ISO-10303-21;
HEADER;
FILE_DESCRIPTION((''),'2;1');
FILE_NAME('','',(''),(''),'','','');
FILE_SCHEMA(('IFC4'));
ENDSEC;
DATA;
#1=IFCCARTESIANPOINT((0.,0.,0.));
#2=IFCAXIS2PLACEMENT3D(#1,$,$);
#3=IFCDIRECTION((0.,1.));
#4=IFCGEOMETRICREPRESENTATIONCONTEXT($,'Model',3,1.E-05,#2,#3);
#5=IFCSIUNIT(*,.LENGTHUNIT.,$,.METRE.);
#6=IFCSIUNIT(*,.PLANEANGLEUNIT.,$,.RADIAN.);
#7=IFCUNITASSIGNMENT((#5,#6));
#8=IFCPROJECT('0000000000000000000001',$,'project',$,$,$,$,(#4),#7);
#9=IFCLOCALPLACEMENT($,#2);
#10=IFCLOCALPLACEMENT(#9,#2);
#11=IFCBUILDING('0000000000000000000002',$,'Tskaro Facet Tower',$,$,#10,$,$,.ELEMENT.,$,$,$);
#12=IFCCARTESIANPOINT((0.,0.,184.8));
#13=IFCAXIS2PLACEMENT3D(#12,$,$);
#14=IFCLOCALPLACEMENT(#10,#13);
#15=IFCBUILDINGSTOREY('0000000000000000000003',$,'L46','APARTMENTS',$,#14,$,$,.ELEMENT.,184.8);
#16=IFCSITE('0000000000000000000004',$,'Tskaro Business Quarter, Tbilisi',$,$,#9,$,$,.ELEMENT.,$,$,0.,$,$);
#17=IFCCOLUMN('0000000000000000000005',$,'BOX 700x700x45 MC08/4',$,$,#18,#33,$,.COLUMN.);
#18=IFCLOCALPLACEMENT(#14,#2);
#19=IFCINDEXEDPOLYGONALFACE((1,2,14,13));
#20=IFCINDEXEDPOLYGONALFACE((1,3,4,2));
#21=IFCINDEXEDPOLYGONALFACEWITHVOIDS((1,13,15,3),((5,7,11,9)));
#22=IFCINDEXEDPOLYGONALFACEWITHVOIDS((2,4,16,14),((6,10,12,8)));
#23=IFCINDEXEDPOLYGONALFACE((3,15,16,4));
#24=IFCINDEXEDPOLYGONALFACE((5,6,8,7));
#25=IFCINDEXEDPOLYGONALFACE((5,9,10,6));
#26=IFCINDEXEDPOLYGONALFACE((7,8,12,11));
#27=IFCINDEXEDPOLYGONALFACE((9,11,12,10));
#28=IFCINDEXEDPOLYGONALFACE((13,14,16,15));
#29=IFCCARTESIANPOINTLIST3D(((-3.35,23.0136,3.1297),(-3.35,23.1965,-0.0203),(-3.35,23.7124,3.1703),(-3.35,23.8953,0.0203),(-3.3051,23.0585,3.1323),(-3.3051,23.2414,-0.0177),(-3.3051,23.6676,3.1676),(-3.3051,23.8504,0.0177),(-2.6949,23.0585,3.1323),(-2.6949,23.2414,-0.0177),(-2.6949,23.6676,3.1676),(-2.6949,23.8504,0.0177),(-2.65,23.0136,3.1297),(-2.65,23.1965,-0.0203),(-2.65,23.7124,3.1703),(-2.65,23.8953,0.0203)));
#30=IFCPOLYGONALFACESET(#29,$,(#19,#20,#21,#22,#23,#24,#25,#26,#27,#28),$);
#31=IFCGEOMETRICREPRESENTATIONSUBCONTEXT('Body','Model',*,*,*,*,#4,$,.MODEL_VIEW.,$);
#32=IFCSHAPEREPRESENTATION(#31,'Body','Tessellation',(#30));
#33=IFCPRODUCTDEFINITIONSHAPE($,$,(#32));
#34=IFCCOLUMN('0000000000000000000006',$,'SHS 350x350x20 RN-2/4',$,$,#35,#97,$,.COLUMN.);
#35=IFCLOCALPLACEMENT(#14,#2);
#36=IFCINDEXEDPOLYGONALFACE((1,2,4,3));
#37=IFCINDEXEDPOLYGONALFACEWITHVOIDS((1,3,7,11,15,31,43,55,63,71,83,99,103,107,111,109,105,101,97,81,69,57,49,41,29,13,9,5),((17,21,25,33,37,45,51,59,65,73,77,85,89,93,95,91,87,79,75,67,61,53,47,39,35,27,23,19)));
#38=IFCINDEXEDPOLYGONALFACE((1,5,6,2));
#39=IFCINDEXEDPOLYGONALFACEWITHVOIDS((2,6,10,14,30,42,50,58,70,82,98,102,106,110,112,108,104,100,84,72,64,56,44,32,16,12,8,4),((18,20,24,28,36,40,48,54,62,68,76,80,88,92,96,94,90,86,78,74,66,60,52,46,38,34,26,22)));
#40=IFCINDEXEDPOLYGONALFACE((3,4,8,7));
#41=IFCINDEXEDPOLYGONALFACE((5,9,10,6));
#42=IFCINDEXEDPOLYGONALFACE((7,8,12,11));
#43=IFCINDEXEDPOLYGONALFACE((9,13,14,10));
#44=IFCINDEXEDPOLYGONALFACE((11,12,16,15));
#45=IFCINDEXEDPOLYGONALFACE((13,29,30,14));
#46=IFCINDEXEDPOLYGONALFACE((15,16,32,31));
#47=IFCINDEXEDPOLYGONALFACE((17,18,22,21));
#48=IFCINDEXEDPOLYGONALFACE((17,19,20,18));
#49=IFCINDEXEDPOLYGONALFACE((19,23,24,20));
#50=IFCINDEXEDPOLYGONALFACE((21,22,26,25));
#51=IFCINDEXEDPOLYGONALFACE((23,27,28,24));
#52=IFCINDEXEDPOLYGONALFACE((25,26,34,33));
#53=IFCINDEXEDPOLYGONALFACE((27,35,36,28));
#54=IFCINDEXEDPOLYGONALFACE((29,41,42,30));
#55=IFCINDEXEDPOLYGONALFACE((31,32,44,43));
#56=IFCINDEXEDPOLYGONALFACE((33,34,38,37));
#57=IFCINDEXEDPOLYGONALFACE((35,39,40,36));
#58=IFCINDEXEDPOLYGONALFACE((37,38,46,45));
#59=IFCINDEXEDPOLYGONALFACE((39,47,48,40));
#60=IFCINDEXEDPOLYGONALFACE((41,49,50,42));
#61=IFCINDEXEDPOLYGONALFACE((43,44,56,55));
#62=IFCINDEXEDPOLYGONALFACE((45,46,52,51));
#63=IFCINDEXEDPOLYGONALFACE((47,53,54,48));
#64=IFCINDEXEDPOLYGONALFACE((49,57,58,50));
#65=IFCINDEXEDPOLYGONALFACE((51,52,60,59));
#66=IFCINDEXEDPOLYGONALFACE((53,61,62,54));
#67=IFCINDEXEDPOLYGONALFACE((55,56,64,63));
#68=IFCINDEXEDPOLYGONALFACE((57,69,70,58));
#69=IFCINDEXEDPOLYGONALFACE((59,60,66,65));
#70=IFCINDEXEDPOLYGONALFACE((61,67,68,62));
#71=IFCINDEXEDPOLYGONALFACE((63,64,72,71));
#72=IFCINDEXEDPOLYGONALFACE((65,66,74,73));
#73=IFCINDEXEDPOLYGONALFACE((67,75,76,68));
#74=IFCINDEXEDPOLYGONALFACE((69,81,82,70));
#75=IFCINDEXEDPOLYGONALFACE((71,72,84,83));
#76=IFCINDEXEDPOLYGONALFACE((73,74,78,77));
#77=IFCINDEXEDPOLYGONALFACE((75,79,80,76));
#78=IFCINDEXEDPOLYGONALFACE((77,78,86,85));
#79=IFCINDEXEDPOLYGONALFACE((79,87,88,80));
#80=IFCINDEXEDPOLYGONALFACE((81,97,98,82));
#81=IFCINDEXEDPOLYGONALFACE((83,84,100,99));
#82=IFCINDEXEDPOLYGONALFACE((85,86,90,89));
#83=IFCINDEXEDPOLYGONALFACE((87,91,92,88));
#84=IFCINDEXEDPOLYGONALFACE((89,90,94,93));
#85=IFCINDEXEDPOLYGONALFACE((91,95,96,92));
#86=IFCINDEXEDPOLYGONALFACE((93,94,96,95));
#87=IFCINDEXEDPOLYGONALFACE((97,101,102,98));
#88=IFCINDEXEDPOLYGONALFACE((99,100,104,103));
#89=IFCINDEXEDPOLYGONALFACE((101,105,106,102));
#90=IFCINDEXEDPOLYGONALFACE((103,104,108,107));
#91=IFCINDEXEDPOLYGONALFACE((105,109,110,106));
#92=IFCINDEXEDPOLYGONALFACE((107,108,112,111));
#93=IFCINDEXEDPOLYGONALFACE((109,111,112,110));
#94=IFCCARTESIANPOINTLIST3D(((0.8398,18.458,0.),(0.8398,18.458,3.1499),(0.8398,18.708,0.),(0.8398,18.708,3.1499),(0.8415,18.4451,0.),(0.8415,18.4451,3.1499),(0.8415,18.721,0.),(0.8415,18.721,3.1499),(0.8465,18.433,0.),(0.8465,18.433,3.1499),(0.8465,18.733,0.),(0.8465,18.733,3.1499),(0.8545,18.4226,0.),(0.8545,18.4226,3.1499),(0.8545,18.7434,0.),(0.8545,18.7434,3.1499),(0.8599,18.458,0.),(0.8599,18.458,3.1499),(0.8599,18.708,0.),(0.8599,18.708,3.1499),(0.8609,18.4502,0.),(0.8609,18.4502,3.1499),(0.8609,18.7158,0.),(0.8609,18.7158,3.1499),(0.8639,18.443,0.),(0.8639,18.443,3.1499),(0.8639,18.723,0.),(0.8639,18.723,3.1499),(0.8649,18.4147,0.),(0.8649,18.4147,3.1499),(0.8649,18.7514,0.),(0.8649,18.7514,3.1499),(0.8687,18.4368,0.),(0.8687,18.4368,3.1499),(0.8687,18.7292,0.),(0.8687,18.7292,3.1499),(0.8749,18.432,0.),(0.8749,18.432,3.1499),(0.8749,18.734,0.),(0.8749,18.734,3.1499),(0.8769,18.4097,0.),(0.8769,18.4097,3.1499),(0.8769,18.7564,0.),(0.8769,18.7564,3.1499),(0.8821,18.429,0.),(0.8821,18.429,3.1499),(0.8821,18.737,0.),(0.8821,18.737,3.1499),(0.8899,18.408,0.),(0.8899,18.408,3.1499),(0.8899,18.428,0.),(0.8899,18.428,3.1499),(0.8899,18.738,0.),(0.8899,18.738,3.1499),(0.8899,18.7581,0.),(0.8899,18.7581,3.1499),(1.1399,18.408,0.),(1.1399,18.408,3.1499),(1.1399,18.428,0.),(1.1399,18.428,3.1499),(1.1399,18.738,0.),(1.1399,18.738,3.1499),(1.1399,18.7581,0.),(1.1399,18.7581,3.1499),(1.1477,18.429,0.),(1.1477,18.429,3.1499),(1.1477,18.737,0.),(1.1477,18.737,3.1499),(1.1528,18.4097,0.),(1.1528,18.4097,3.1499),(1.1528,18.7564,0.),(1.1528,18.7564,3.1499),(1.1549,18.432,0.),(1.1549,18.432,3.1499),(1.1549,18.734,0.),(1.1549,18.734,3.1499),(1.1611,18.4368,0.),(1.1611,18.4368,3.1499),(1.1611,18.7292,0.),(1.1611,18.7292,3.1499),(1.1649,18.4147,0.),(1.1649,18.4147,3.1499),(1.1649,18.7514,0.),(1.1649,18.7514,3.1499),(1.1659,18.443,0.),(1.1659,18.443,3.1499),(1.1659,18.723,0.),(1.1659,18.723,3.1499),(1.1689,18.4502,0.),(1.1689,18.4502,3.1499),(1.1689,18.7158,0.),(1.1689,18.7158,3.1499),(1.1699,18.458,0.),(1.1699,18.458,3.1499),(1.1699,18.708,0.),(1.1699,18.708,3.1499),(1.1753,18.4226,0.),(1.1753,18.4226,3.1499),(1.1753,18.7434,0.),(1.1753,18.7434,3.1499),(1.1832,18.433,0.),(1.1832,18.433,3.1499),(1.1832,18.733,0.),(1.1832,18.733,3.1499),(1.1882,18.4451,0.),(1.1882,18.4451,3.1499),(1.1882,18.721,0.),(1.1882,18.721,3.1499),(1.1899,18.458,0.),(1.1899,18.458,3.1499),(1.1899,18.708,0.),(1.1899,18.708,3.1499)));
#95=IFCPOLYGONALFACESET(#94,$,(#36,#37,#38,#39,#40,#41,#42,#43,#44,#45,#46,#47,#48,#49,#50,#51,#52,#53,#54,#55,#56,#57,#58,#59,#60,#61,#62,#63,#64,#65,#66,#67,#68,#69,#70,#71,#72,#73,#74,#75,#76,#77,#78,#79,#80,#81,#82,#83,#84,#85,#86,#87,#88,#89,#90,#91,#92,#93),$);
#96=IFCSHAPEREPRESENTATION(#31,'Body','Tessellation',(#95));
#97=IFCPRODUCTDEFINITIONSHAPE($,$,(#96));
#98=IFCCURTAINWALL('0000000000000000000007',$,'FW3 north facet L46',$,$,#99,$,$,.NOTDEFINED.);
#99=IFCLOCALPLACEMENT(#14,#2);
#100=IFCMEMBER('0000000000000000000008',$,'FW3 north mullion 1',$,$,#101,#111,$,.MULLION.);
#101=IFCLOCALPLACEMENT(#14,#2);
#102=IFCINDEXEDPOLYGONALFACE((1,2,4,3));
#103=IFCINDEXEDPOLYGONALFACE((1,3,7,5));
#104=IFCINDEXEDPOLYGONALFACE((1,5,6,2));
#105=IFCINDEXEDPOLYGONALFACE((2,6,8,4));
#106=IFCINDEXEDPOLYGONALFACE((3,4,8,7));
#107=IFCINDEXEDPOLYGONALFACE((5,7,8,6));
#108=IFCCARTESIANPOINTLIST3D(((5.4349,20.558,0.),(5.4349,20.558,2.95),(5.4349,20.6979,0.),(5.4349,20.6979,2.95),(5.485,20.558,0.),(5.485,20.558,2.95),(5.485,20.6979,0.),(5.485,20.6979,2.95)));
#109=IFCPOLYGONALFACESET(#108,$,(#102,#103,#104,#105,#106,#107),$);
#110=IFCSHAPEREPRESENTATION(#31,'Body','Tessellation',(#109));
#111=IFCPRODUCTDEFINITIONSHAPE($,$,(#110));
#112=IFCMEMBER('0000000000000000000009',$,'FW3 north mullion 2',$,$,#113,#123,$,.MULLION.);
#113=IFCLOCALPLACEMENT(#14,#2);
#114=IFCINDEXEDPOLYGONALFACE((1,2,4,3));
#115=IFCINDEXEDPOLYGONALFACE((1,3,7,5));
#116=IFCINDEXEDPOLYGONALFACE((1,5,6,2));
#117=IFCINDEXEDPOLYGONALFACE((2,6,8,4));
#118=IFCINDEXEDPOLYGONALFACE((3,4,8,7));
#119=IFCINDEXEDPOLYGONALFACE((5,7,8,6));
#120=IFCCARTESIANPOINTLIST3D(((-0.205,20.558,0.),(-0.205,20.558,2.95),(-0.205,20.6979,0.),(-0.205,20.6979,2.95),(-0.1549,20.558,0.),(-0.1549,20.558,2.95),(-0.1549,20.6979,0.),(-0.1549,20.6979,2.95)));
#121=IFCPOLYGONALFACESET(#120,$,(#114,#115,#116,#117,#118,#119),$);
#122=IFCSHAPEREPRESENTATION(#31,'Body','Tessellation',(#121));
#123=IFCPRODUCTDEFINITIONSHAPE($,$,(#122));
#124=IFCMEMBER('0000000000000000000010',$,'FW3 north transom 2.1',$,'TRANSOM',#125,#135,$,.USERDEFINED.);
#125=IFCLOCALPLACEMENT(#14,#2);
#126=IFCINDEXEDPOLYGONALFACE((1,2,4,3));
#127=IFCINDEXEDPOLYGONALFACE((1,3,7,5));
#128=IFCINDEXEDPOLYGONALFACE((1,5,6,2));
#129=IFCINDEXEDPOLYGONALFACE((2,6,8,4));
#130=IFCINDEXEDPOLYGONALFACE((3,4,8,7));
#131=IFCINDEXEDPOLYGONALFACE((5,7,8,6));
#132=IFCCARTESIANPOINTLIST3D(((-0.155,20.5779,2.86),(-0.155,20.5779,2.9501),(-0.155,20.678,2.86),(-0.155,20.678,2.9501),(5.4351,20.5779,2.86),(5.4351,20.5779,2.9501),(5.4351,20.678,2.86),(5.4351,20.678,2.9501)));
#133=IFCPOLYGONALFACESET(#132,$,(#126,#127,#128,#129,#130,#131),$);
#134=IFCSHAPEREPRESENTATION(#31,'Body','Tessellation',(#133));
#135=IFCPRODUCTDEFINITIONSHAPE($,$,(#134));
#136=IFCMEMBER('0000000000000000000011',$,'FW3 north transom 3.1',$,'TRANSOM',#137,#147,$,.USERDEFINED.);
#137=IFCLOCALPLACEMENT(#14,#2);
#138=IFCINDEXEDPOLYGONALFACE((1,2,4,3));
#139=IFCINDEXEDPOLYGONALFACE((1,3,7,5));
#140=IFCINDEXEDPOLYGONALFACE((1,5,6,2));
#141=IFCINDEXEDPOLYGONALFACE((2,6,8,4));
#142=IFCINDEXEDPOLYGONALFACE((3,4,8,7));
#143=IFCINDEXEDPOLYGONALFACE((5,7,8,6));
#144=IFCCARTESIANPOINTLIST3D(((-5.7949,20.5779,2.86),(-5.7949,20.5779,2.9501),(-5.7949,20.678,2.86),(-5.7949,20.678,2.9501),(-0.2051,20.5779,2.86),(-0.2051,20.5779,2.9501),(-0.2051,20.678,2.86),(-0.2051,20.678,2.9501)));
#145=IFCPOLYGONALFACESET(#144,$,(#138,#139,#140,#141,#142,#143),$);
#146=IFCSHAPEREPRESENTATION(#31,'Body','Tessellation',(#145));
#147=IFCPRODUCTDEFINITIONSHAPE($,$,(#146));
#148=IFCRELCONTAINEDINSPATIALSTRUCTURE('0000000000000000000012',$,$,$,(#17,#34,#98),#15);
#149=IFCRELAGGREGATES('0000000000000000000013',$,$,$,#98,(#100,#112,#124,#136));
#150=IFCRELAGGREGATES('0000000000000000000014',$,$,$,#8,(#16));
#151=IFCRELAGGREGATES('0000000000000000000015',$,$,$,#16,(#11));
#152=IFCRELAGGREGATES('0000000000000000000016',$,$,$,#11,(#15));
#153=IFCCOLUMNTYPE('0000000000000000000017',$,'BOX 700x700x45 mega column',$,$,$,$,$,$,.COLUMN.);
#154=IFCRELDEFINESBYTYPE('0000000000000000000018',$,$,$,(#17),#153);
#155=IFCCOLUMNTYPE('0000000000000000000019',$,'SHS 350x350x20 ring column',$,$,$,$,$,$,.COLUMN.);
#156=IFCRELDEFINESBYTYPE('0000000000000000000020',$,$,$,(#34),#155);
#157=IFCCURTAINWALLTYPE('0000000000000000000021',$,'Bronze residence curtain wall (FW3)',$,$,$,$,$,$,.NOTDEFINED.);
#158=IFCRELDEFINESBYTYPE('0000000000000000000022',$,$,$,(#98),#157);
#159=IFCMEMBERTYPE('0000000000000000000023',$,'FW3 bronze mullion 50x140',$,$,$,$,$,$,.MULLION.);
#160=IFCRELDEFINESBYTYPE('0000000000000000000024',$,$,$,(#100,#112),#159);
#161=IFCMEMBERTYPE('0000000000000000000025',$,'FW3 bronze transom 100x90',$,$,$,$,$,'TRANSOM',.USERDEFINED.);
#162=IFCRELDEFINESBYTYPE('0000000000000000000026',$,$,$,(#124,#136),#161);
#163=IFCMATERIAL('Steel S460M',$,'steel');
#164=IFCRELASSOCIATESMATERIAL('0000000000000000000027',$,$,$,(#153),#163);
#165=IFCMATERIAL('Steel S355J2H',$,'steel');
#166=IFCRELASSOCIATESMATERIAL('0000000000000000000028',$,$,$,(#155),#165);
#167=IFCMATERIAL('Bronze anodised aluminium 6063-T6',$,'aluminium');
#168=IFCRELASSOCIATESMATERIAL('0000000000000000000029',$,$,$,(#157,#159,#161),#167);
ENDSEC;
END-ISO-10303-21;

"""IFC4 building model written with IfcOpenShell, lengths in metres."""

from ifc_helpers import new_model, si_unit, direction, frame, origin, origin_2d, place, context, subcontext, project, spatial, rectangle, hollow_rectangle, extrude, material, material_profile, profile_set, type_object, element, aggregate, save


model = new_model("IFC4")

# Units and contexts
model_context = context("Model", 3, precision=1e-05, world=origin(), true_north=direction((0.0, 1.0)))
body_context = subcontext(model_context, "Body", "Model", "MODEL_VIEW")
ifc_project = project(units=[si_unit("LENGTHUNIT", "METRE"), si_unit("PLANEANGLEUNIT", "RADIAN")], contexts=[model_context])

# Site, building, storey
site_placement = place(None, origin())
site = spatial("IfcSite", under=ifc_project, at=site_placement, Name="Tskaro Business Quarter, Tbilisi", CompositionType="ELEMENT", RefElevation=0.0)
building_placement = place(site_placement, origin())
building = spatial("IfcBuilding", under=site, at=building_placement, Name="Tskaro Facet Tower", CompositionType="ELEMENT")
storey_placement = place(building_placement, frame((0.0, 0.0, 184.8)))
storey = spatial("IfcBuildingStorey", under=building, at=storey_placement, Name="L46", Description="APARTMENTS", CompositionType="ELEMENT", Elevation=184.8)

# Columns
ifc_material_1 = material(Name="Steel S460M", Category="steel")
ifc_material_profile_1 = material_profile(ifc_material_1, hollow_rectangle(XDim=0.7, YDim=0.7, WallThickness=0.0449, at=origin_2d()), Name="BOX 700x700x45")
ifc_profile_set_1 = profile_set([ifc_material_profile_1], Name="Steel S460M")
column_type_1 = type_object("IfcColumnType", Name="BOX 700x700x45 mega column", PredefinedType="COLUMN", material=ifc_profile_set_1)
column_1_placement = place(storey_placement, frame((-3.0, 23.5459, 0.0), z_axis=(0.0, -0.057955, 0.998319), x_axis=(1.0, 0.0, 0.0)))
element("IfcColumn", 1, at=column_1_placement, inside=storey, type_object=column_type_1, Name="BOX 700x700x45 MC08/4", PredefinedType="COLUMN", context=body_context, shape_type="SweptSolid", body=[
    extrude(hollow_rectangle(XDim=0.7, YDim=0.7, WallThickness=0.0449, at=origin_2d()), origin(), (0.0, 0.0, 1.0), 3.1553),
])
ifc_material_2 = material(Name="Steel S355J2H", Category="steel")
ifc_material_profile_2 = material_profile(ifc_material_2, hollow_rectangle(XDim=0.3501, YDim=0.3501, WallThickness=0.02, InnerFilletRadius=0.03, OuterFilletRadius=0.05, at=origin_2d()), Name="SHS 350x350x20")
ifc_profile_set_2 = profile_set([ifc_material_profile_2], Name="Steel S355J2H")
column_type_2 = type_object("IfcColumnType", Name="SHS 350x350x20 ring column", PredefinedType="COLUMN", material=ifc_profile_set_2)
column_2_placement = place(storey_placement, frame((1.0149, 18.583, 0.0), z_axis=(0.0, 0.0, 1.0), x_axis=(1.0, 0.0, 0.0)))
element("IfcColumn", 2, at=column_2_placement, inside=storey, type_object=column_type_2, Name="SHS 350x350x20 RN-2/4", PredefinedType="COLUMN", context=body_context, shape_type="SweptSolid", body=[
    extrude(hollow_rectangle(XDim=0.3501, YDim=0.3501, WallThickness=0.02, InnerFilletRadius=0.03, OuterFilletRadius=0.05, at=origin_2d()), origin(), (0.0, 0.0, 1.0), 3.1499),
])

# Curtain wall, members
ifc_material_3 = material(Name="Bronze anodised aluminium 6063-T6", Category="aluminium")
curtain_wall_type = type_object("IfcCurtainWallType", Name="Bronze residence curtain wall (FW3)", PredefinedType="NOTDEFINED", material=ifc_material_3)
curtain_wall_placement = place(storey_placement, origin())
curtain_wall = element("IfcCurtainWall", 3, at=curtain_wall_placement, inside=storey, type_object=curtain_wall_type, Name="FW3 north facet L46", PredefinedType="NOTDEFINED")
ifc_material_profile_3 = material_profile(ifc_material_3, rectangle(XDim=0.05, YDim=0.1399, at=origin_2d()), Name="Mullion 50x140")
ifc_profile_set_3 = profile_set([ifc_material_profile_3], Name="Bronze anodised aluminium 6063-T6")
member_type_1 = type_object("IfcMemberType", Name="FW3 bronze mullion 50x140", PredefinedType="MULLION", material=ifc_profile_set_3)
member_1_placement = place(storey_placement, frame((5.46, 20.6279, 0.0), z_axis=(0.0, 0.0, 1.0), x_axis=(-1.0, 0.0, 0.0)))
member_1 = element("IfcMember", 4, at=member_1_placement, type_object=member_type_1, Name="FW3 north mullion 1", PredefinedType="MULLION", context=body_context, shape_type="SweptSolid", body=[
    extrude(rectangle(XDim=0.05, YDim=0.1399, at=origin_2d()), origin(), (0.0, 0.0, 1.0), 2.95),
])
member_2_placement = place(storey_placement, frame((-0.1799, 20.6279, 0.0), z_axis=(0.0, 0.0, 1.0), x_axis=(-1.0, 0.0, 0.0)))
member_2 = element("IfcMember", 5, at=member_2_placement, type_object=member_type_1, Name="FW3 north mullion 2", PredefinedType="MULLION", context=body_context, shape_type="SweptSolid", body=[
    extrude(rectangle(XDim=0.05, YDim=0.1399, at=origin_2d()), origin(), (0.0, 0.0, 1.0), 2.95),
])
ifc_material_profile_4 = material_profile(ifc_material_3, rectangle(XDim=0.1001, YDim=0.0901, at=origin_2d()), Name="Transom 100x90")
ifc_profile_set_4 = profile_set([ifc_material_profile_4], Name="Bronze anodised aluminium 6063-T6")
member_type_2 = type_object("IfcMemberType", Name="FW3 bronze transom 100x90", ElementType="TRANSOM", PredefinedType="USERDEFINED", material=ifc_profile_set_4)
member_3_placement = place(storey_placement, frame((5.4351, 20.6279, 2.905), z_axis=(-1.0, 0.0, 0.0), x_axis=(0.0, -1.0, 0.0)))
member_3 = element("IfcMember", 6, at=member_3_placement, type_object=member_type_2, Name="FW3 north transom 2.1", ObjectType="TRANSOM", PredefinedType="USERDEFINED", context=body_context, shape_type="SweptSolid", body=[
    extrude(rectangle(XDim=0.1001, YDim=0.0901, at=origin_2d()), origin(), (0.0, 0.0, 1.0), 5.5901),
])
member_4_placement = place(storey_placement, frame((-0.2051, 20.6279, 2.905), z_axis=(-1.0, 0.0, 0.0), x_axis=(0.0, -1.0, 0.0)))
member_4 = element("IfcMember", 7, at=member_4_placement, type_object=member_type_2, Name="FW3 north transom 3.1", ObjectType="TRANSOM", PredefinedType="USERDEFINED", context=body_context, shape_type="SweptSolid", body=[
    extrude(rectangle(XDim=0.1001, YDim=0.0901, at=origin_2d()), origin(), (0.0, 0.0, 1.0), 5.5898),
])

aggregate(curtain_wall, [member_1, member_2, member_3, member_4])

save(model, "model.ifc")
